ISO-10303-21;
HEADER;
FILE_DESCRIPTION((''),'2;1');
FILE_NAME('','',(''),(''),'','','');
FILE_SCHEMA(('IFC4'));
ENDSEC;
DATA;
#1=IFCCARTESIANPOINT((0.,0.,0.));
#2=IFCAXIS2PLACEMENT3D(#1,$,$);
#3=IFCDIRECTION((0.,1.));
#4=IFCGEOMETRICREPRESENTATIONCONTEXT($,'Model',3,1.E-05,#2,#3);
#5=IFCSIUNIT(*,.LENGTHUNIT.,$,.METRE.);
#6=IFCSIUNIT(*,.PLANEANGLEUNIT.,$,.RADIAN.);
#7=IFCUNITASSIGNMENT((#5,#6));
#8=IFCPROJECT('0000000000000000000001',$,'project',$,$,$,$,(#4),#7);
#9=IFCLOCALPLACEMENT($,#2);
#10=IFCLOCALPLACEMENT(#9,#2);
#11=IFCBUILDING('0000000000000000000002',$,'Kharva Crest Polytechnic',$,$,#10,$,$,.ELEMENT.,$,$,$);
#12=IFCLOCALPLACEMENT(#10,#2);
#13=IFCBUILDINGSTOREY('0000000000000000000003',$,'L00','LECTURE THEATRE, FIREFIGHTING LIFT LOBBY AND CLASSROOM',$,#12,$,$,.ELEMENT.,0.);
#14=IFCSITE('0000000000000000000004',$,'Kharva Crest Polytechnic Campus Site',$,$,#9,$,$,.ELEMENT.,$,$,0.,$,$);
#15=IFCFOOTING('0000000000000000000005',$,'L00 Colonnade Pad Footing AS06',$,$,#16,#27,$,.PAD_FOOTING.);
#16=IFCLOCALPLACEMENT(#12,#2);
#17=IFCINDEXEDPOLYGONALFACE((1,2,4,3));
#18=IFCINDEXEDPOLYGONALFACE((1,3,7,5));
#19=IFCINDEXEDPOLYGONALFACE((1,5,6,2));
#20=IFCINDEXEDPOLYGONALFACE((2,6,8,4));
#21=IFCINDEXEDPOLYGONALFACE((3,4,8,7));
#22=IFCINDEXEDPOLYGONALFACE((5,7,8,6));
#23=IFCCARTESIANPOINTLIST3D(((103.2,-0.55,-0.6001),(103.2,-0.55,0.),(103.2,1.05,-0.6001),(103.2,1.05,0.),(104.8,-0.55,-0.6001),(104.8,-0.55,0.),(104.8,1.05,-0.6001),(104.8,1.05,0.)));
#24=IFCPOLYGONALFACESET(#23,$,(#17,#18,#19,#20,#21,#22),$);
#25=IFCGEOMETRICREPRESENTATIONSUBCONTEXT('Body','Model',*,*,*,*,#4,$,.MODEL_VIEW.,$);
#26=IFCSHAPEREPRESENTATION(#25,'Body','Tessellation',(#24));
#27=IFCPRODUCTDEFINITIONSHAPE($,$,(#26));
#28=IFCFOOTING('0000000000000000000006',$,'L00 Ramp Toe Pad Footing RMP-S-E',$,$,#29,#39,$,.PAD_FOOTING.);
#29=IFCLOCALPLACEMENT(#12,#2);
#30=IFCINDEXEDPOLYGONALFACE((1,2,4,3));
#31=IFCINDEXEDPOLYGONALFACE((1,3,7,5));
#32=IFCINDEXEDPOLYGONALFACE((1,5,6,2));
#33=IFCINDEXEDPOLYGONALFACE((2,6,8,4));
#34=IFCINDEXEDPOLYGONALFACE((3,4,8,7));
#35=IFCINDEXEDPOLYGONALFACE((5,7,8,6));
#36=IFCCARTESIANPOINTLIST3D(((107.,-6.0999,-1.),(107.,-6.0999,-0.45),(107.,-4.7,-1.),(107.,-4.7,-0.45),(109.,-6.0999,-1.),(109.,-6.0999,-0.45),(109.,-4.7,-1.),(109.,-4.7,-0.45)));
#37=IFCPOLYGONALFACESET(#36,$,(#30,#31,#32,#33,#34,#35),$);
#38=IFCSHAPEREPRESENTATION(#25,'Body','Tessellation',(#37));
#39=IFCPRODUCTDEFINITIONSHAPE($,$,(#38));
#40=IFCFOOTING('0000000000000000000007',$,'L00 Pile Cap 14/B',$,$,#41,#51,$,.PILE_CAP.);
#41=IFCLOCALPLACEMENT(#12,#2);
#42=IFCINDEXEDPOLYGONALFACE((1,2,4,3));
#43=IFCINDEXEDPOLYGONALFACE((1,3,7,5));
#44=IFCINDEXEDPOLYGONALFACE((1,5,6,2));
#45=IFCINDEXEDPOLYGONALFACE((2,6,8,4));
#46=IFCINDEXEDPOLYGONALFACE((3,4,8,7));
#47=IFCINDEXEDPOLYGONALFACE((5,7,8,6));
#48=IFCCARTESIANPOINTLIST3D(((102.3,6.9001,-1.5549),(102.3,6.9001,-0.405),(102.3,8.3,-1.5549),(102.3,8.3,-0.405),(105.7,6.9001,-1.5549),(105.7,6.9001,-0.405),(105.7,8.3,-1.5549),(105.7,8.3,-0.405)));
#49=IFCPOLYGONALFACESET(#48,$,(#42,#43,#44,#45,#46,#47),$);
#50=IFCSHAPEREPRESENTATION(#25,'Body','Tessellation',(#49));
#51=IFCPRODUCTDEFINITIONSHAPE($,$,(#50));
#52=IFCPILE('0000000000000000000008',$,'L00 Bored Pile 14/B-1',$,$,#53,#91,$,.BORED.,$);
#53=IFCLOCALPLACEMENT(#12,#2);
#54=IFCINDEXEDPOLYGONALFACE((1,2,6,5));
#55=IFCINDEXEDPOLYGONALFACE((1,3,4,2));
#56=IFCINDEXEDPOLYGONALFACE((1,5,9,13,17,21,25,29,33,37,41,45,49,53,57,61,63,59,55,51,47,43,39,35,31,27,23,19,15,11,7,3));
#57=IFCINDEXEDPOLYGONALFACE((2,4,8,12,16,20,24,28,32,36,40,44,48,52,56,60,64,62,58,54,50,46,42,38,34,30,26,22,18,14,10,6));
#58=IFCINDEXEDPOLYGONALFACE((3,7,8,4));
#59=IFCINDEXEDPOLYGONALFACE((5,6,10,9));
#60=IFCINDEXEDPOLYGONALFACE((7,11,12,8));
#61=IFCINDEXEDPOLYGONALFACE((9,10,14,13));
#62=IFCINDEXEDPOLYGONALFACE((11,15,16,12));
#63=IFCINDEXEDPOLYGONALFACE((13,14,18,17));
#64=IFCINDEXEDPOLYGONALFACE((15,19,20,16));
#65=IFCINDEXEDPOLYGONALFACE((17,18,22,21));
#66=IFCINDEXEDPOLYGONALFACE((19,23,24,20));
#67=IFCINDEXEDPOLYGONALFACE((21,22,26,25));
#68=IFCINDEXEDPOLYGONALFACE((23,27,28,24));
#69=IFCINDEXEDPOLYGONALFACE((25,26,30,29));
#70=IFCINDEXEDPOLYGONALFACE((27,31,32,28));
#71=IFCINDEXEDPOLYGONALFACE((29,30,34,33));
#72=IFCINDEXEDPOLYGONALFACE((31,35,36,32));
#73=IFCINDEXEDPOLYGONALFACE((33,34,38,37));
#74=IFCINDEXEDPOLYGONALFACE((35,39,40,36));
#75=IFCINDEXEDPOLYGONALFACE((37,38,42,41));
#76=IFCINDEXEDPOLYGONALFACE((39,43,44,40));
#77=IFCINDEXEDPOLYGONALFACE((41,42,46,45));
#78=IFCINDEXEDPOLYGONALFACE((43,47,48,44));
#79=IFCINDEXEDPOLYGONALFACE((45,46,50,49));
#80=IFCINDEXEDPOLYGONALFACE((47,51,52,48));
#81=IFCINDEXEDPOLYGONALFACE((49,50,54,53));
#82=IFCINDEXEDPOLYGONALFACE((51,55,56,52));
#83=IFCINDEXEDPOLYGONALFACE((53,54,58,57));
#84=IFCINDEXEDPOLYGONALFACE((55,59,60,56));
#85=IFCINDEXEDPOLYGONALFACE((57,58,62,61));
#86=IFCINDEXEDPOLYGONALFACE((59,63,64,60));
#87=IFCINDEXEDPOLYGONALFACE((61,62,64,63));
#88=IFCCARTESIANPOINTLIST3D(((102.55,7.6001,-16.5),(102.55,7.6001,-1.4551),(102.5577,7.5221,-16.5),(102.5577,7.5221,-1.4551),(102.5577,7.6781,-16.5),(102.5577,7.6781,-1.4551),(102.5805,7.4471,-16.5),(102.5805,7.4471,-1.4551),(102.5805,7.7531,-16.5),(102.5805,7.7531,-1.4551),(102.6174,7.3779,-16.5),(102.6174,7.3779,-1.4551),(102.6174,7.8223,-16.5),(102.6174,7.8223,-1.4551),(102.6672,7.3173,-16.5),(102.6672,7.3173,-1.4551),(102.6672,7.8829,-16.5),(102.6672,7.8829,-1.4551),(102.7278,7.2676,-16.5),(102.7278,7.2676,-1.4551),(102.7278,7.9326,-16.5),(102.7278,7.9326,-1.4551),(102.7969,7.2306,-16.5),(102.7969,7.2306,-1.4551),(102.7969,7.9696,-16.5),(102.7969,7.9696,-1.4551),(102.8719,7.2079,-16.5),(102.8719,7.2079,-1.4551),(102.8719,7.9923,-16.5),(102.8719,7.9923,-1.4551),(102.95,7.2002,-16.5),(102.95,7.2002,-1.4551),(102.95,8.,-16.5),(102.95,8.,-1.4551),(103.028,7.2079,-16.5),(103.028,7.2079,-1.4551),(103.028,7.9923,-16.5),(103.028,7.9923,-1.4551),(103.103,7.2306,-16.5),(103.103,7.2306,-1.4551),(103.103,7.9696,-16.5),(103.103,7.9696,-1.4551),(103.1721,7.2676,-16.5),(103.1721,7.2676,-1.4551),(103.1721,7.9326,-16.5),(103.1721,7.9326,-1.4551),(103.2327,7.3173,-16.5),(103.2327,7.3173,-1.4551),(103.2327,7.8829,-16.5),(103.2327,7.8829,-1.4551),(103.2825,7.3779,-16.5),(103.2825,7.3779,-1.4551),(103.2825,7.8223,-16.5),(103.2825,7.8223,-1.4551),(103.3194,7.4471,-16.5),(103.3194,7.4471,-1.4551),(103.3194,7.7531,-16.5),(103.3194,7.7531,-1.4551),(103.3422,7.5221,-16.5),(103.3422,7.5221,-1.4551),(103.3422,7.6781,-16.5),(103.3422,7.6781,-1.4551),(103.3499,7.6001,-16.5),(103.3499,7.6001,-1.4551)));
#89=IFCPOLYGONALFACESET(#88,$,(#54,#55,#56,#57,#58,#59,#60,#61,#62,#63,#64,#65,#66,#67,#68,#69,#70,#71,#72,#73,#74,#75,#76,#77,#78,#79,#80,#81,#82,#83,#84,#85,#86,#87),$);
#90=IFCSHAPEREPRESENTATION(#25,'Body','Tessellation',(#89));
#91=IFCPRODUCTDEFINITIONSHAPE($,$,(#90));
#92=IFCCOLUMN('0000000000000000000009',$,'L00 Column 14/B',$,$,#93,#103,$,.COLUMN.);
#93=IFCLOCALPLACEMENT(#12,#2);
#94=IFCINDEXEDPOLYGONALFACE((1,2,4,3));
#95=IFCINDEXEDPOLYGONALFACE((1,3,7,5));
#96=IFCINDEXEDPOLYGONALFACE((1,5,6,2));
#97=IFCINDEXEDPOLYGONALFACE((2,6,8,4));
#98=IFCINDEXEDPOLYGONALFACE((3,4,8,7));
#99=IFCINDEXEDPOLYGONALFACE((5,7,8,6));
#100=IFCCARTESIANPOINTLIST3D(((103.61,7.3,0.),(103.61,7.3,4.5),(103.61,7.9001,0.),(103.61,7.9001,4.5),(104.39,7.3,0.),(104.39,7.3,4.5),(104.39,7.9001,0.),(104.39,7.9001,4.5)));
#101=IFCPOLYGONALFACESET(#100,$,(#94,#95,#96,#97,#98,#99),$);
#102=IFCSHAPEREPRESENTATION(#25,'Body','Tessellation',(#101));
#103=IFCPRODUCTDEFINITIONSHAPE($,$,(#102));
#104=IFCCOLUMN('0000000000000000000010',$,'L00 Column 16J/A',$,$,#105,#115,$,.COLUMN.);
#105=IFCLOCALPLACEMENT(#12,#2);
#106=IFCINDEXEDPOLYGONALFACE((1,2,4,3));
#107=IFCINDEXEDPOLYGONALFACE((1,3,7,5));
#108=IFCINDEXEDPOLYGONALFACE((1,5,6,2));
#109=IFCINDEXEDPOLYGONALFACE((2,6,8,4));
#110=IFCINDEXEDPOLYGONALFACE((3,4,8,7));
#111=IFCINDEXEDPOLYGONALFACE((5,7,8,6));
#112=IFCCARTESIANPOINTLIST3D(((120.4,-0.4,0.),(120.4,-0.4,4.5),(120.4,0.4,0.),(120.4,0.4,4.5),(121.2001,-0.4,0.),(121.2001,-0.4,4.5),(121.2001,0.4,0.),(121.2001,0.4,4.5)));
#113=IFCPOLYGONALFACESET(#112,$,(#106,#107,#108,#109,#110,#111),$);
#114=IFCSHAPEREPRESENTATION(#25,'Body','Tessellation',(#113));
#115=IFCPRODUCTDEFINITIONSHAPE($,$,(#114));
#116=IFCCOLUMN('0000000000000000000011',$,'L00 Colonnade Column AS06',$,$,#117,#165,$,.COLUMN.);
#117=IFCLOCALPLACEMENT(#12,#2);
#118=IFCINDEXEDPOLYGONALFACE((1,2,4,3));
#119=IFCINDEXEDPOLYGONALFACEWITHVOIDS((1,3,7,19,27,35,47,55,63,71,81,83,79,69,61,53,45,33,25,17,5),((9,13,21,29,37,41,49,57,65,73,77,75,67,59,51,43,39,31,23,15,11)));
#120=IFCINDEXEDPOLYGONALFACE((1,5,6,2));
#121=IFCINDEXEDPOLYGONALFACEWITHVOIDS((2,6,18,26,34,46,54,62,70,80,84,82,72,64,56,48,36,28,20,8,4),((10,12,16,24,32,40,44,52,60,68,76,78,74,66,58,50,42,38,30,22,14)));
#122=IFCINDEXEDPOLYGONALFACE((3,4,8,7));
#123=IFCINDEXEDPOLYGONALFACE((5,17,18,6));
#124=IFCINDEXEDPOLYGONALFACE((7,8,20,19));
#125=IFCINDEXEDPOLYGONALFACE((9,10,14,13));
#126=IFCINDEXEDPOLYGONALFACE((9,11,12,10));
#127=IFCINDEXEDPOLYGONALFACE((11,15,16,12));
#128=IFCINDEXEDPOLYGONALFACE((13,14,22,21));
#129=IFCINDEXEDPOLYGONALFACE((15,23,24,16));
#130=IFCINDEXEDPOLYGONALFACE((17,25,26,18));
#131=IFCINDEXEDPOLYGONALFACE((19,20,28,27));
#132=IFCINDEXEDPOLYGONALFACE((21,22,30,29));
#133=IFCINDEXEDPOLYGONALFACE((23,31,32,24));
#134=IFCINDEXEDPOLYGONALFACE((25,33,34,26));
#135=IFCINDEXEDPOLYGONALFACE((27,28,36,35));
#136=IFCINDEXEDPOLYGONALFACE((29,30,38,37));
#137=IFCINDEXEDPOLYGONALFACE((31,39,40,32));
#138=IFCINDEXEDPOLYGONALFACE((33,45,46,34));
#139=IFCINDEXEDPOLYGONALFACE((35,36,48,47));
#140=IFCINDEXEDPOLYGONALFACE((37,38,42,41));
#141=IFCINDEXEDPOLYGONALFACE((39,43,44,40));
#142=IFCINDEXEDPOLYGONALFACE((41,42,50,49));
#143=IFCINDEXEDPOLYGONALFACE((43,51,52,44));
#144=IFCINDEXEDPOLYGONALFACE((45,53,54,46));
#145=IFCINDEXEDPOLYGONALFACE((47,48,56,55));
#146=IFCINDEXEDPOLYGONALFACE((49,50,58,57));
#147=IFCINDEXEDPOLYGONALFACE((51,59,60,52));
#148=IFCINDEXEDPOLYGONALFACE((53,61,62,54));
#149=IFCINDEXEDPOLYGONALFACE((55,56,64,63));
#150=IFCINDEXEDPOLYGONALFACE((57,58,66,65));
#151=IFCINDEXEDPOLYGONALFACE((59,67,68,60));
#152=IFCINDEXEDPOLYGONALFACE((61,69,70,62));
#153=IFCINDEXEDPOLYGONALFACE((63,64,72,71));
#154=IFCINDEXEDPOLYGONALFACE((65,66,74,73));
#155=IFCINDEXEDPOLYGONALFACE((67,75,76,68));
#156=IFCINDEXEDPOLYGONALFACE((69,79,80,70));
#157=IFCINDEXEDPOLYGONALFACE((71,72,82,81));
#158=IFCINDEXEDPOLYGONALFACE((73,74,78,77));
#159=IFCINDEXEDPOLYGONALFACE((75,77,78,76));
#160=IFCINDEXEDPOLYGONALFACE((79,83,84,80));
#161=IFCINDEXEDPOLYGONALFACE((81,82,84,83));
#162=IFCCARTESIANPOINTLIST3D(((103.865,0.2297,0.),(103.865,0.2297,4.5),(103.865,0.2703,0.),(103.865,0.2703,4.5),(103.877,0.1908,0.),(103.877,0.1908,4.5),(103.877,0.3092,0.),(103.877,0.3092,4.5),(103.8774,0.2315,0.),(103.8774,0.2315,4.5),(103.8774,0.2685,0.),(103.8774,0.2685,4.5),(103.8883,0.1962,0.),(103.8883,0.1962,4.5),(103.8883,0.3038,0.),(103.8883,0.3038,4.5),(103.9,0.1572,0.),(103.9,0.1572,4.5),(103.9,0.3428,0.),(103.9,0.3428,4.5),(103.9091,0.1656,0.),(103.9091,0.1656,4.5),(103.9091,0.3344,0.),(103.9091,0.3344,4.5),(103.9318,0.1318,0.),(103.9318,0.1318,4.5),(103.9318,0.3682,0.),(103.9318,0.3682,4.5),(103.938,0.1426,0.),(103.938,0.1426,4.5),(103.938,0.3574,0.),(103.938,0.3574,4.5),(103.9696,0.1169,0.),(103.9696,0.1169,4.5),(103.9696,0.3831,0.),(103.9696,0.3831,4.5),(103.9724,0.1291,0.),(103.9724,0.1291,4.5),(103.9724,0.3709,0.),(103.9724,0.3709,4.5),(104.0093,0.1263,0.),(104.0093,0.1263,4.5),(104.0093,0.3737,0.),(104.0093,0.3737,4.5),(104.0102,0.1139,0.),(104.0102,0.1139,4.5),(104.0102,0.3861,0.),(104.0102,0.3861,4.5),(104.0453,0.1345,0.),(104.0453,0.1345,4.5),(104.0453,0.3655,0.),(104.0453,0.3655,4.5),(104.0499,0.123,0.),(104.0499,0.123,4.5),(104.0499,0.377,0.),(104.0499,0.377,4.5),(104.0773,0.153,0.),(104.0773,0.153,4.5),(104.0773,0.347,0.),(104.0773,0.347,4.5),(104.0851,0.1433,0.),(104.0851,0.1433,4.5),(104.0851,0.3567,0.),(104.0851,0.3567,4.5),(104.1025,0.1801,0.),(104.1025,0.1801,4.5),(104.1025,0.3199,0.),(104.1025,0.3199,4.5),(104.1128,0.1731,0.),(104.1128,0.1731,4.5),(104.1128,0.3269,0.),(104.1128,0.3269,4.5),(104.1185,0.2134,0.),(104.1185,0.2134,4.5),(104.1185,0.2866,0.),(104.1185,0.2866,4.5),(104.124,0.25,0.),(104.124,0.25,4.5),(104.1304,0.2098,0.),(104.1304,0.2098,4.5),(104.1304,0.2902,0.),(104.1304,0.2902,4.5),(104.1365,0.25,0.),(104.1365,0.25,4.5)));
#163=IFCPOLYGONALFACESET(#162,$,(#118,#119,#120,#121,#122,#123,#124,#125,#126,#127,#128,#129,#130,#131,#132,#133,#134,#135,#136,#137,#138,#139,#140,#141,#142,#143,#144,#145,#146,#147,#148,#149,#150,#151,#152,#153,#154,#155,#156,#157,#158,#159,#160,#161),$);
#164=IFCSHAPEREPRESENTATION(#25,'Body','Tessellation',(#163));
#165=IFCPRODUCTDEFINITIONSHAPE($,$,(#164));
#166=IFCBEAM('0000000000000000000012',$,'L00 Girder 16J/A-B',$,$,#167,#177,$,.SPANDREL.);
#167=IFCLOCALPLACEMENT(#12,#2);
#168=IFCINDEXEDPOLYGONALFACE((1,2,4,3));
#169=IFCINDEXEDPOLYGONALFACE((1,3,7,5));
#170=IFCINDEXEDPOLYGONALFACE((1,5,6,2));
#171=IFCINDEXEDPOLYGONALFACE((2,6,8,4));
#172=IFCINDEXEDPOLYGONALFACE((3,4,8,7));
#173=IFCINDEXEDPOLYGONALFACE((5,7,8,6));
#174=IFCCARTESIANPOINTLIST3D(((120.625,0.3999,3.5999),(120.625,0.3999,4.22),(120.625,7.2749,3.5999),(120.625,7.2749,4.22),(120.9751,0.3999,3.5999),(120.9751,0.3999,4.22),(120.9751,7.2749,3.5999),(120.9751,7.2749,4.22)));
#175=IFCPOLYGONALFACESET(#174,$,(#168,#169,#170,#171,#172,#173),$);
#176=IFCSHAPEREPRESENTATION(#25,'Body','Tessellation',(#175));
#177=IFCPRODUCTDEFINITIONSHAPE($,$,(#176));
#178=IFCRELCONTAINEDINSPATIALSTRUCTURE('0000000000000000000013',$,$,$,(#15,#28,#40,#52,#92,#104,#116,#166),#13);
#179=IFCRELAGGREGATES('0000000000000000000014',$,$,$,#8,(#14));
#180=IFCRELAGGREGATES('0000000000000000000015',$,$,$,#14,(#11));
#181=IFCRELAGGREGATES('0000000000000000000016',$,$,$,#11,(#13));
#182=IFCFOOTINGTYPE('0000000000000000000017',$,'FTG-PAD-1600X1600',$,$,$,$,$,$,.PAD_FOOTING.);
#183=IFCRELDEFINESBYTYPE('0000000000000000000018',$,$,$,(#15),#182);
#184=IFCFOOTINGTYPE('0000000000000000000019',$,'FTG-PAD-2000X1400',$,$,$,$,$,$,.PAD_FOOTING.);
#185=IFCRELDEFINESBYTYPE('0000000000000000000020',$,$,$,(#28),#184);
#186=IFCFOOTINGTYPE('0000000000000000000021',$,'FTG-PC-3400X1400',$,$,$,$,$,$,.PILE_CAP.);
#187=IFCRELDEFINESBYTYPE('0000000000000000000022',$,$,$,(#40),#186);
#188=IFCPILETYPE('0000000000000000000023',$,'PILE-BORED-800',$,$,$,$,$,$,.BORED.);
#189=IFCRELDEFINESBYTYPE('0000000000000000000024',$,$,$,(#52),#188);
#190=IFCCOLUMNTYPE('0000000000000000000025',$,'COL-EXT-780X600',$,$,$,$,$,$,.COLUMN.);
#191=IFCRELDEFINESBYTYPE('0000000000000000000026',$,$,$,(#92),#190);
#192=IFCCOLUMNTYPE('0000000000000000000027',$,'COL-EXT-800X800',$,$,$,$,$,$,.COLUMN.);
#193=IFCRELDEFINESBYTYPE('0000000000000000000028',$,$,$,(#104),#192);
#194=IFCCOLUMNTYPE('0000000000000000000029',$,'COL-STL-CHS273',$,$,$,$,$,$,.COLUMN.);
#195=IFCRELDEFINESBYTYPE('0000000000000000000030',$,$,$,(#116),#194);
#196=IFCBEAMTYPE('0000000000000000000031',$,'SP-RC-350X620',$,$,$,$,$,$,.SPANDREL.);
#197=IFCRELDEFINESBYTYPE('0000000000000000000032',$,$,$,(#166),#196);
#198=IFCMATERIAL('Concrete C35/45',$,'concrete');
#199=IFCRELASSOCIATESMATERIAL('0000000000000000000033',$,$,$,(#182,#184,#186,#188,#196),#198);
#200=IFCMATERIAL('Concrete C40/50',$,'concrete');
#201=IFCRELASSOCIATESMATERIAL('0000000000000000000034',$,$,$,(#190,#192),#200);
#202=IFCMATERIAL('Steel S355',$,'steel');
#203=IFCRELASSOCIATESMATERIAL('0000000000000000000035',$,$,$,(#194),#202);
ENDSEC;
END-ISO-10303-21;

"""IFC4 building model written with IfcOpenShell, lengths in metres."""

from ifc_helpers import new_model, si_unit, direction, frame, origin, origin_2d, place, context, subcontext, project, spatial, rectangle, circle, hollow_circle, extrude, material, material_profile, profile_set, type_object, element, save


model = new_model("IFC4")

# Units and contexts
model_context = context("Model", 3, precision=1e-05, world=origin(), true_north=direction((0.0, 1.0)))
body_context = subcontext(model_context, "Body", "Model", "MODEL_VIEW")
ifc_project = project(units=[si_unit("LENGTHUNIT", "METRE"), si_unit("PLANEANGLEUNIT", "RADIAN")], contexts=[model_context])

# Site, building, storey
site_placement = place(None, origin())
site = spatial("IfcSite", under=ifc_project, at=site_placement, Name="Kharva Crest Polytechnic Campus Site", CompositionType="ELEMENT", RefElevation=0.0)
building_placement = place(site_placement, origin())
building = spatial("IfcBuilding", under=site, at=building_placement, Name="Kharva Crest Polytechnic", CompositionType="ELEMENT")
storey_placement = place(building_placement, origin())
storey = spatial("IfcBuildingStorey", under=building, at=storey_placement, Name="L00", Description="LECTURE THEATRE, FIREFIGHTING LIFT LOBBY AND CLASSROOM", CompositionType="ELEMENT", Elevation=0.0)

# Footings
ifc_material_1 = material(Name="Concrete C35/45", Category="concrete")
footing_type_1 = type_object("IfcFootingType", Name="FTG-PAD-1600X1600", PredefinedType="PAD_FOOTING", material=ifc_material_1)
footing_1_placement = place(storey_placement, frame((104.0, 0.25, -0.6001), z_axis=(0.0, 0.0, 1.0), x_axis=(1.0, 0.0, 0.0)))
element("IfcFooting", 1, at=footing_1_placement, inside=storey, type_object=footing_type_1, Name="L00 Colonnade Pad Footing AS06", PredefinedType="PAD_FOOTING", context=body_context, shape_type="SweptSolid", body=[
    extrude(rectangle(XDim=1.6001, YDim=1.6001, at=origin_2d()), origin(), (0.0, 0.0, 1.0), 0.6001),
])
footing_type_2 = type_object("IfcFootingType", Name="FTG-PAD-2000X1400", PredefinedType="PAD_FOOTING", material=ifc_material_1)
footing_2_placement = place(storey_placement, frame((108.0, -5.3999, -1.0), z_axis=(0.0, 0.0, 1.0), x_axis=(1.0, 0.0, 0.0)))
element("IfcFooting", 2, at=footing_2_placement, inside=storey, type_object=footing_type_2, Name="L00 Ramp Toe Pad Footing RMP-S-E", PredefinedType="PAD_FOOTING", context=body_context, shape_type="SweptSolid", body=[
    extrude(rectangle(XDim=2.0, YDim=1.3999, at=origin_2d()), origin(), (0.0, 0.0, 1.0), 0.55),
])
footing_type_3 = type_object("IfcFootingType", Name="FTG-PC-3400X1400", PredefinedType="PILE_CAP", material=ifc_material_1)
footing_3_placement = place(storey_placement, frame((104.0, 7.6001, -1.5549), z_axis=(0.0, 0.0, 1.0), x_axis=(1.0, 0.0, 0.0)))
element("IfcFooting", 3, at=footing_3_placement, inside=storey, type_object=footing_type_3, Name="L00 Pile Cap 14/B", PredefinedType="PILE_CAP", context=body_context, shape_type="SweptSolid", body=[
    extrude(rectangle(XDim=3.3999, YDim=1.3999, at=origin_2d()), origin(), (0.0, 0.0, 1.0), 1.1499),
])

# Pile
ifc_material_profile_1 = material_profile(ifc_material_1, circle(Radius=0.3999, at=origin_2d()), Name="DIA 800")
ifc_profile_set_1 = profile_set([ifc_material_profile_1], Name="Concrete C35/45")
pile_type = type_object("IfcPileType", Name="PILE-BORED-800", PredefinedType="BORED", material=ifc_profile_set_1)
pile_placement = place(storey_placement, frame((102.95, 7.6001, -1.4551), z_axis=(0.0, 0.0, -1.0), x_axis=(1.0, 0.0, 0.0)))
element("IfcPile", 4, at=pile_placement, inside=storey, type_object=pile_type, Name="L00 Bored Pile 14/B-1", PredefinedType="BORED", context=body_context, shape_type="SweptSolid", body=[
    extrude(circle(Radius=0.3999, at=origin_2d()), origin(), (0.0, 0.0, 1.0), 15.0449),
])

# Columns
ifc_material_2 = material(Name="Concrete C40/50", Category="concrete")
ifc_material_profile_2 = material_profile(ifc_material_2, rectangle(XDim=0.78, YDim=0.6001, at=origin_2d()), Name="RECT 780 X 600")
ifc_profile_set_2 = profile_set([ifc_material_profile_2], Name="Concrete C40/50")
column_type_1 = type_object("IfcColumnType", Name="COL-EXT-780X600", PredefinedType="COLUMN", material=ifc_profile_set_2)
column_1_placement = place(storey_placement, frame((104.0, 7.6001, 0.0), z_axis=(0.0, 0.0, 1.0), x_axis=(1.0, 0.0, 0.0)))
element("IfcColumn", 5, at=column_1_placement, inside=storey, type_object=column_type_1, Name="L00 Column 14/B", PredefinedType="COLUMN", context=body_context, shape_type="SweptSolid", body=[
    extrude(rectangle(XDim=0.78, YDim=0.6001, at=origin_2d()), origin(), (0.0, 0.0, 1.0), 4.5),
])
ifc_material_profile_3 = material_profile(ifc_material_2, rectangle(XDim=0.8, YDim=0.8, at=origin_2d()), Name="RECT 800 X 800")
ifc_profile_set_3 = profile_set([ifc_material_profile_3], Name="Concrete C40/50")
column_type_2 = type_object("IfcColumnType", Name="COL-EXT-800X800", PredefinedType="COLUMN", material=ifc_profile_set_3)
column_2_placement = place(storey_placement, frame((120.8, 0.0, 0.0), z_axis=(0.0, 0.0, 1.0), x_axis=(1.0, 0.0, 0.0)))
element("IfcColumn", 6, at=column_2_placement, inside=storey, type_object=column_type_2, Name="L00 Column 16J/A", PredefinedType="COLUMN", context=body_context, shape_type="SweptSolid", body=[
    extrude(rectangle(XDim=0.8, YDim=0.8, at=origin_2d()), origin(), (0.0, 0.0, 1.0), 4.5),
])
ifc_material_3 = material(Name="Steel S355", Category="steel")
ifc_material_profile_4 = material_profile(ifc_material_3, hollow_circle(Radius=0.1365, WallThickness=0.0125, at=origin_2d()), Name="CHS 273.0X12.5")
ifc_profile_set_4 = profile_set([ifc_material_profile_4], Name="Steel S355")
column_type_3 = type_object("IfcColumnType", Name="COL-STL-CHS273", PredefinedType="COLUMN", material=ifc_profile_set_4)
column_3_placement = place(storey_placement, frame((104.0, 0.25, 0.0), z_axis=(0.0, 0.0, 1.0), x_axis=(1.0, 0.0, 0.0)))
element("IfcColumn", 7, at=column_3_placement, inside=storey, type_object=column_type_3, Name="L00 Colonnade Column AS06", PredefinedType="COLUMN", context=body_context, shape_type="SweptSolid", body=[
    extrude(hollow_circle(Radius=0.1365, WallThickness=0.0125, at=origin_2d()), origin(), (0.0, 0.0, 1.0), 4.5),
])

# Beam
ifc_material_profile_5 = material_profile(ifc_material_1, rectangle(XDim=0.3501, YDim=0.6201, at=origin_2d()), Name="RECT 350 X 620")
ifc_profile_set_5 = profile_set([ifc_material_profile_5], Name="Concrete C35/45")
beam_type = type_object("IfcBeamType", Name="SP-RC-350X620", PredefinedType="SPANDREL", material=ifc_profile_set_5)
beam_placement = place(storey_placement, frame((120.8, 0.3999, 3.9099), z_axis=(0.0, 1.0, 0.0), x_axis=(-1.0, 0.0, 0.0)))
element("IfcBeam", 8, at=beam_placement, inside=storey, type_object=beam_type, Name="L00 Girder 16J/A-B", PredefinedType="SPANDREL", context=body_context, shape_type="SweptSolid", body=[
    extrude(rectangle(XDim=0.3501, YDim=0.6201, at=origin_2d()), origin(), (0.0, 0.0, 1.0), 6.875),
])

save(model, "model.ifc")
